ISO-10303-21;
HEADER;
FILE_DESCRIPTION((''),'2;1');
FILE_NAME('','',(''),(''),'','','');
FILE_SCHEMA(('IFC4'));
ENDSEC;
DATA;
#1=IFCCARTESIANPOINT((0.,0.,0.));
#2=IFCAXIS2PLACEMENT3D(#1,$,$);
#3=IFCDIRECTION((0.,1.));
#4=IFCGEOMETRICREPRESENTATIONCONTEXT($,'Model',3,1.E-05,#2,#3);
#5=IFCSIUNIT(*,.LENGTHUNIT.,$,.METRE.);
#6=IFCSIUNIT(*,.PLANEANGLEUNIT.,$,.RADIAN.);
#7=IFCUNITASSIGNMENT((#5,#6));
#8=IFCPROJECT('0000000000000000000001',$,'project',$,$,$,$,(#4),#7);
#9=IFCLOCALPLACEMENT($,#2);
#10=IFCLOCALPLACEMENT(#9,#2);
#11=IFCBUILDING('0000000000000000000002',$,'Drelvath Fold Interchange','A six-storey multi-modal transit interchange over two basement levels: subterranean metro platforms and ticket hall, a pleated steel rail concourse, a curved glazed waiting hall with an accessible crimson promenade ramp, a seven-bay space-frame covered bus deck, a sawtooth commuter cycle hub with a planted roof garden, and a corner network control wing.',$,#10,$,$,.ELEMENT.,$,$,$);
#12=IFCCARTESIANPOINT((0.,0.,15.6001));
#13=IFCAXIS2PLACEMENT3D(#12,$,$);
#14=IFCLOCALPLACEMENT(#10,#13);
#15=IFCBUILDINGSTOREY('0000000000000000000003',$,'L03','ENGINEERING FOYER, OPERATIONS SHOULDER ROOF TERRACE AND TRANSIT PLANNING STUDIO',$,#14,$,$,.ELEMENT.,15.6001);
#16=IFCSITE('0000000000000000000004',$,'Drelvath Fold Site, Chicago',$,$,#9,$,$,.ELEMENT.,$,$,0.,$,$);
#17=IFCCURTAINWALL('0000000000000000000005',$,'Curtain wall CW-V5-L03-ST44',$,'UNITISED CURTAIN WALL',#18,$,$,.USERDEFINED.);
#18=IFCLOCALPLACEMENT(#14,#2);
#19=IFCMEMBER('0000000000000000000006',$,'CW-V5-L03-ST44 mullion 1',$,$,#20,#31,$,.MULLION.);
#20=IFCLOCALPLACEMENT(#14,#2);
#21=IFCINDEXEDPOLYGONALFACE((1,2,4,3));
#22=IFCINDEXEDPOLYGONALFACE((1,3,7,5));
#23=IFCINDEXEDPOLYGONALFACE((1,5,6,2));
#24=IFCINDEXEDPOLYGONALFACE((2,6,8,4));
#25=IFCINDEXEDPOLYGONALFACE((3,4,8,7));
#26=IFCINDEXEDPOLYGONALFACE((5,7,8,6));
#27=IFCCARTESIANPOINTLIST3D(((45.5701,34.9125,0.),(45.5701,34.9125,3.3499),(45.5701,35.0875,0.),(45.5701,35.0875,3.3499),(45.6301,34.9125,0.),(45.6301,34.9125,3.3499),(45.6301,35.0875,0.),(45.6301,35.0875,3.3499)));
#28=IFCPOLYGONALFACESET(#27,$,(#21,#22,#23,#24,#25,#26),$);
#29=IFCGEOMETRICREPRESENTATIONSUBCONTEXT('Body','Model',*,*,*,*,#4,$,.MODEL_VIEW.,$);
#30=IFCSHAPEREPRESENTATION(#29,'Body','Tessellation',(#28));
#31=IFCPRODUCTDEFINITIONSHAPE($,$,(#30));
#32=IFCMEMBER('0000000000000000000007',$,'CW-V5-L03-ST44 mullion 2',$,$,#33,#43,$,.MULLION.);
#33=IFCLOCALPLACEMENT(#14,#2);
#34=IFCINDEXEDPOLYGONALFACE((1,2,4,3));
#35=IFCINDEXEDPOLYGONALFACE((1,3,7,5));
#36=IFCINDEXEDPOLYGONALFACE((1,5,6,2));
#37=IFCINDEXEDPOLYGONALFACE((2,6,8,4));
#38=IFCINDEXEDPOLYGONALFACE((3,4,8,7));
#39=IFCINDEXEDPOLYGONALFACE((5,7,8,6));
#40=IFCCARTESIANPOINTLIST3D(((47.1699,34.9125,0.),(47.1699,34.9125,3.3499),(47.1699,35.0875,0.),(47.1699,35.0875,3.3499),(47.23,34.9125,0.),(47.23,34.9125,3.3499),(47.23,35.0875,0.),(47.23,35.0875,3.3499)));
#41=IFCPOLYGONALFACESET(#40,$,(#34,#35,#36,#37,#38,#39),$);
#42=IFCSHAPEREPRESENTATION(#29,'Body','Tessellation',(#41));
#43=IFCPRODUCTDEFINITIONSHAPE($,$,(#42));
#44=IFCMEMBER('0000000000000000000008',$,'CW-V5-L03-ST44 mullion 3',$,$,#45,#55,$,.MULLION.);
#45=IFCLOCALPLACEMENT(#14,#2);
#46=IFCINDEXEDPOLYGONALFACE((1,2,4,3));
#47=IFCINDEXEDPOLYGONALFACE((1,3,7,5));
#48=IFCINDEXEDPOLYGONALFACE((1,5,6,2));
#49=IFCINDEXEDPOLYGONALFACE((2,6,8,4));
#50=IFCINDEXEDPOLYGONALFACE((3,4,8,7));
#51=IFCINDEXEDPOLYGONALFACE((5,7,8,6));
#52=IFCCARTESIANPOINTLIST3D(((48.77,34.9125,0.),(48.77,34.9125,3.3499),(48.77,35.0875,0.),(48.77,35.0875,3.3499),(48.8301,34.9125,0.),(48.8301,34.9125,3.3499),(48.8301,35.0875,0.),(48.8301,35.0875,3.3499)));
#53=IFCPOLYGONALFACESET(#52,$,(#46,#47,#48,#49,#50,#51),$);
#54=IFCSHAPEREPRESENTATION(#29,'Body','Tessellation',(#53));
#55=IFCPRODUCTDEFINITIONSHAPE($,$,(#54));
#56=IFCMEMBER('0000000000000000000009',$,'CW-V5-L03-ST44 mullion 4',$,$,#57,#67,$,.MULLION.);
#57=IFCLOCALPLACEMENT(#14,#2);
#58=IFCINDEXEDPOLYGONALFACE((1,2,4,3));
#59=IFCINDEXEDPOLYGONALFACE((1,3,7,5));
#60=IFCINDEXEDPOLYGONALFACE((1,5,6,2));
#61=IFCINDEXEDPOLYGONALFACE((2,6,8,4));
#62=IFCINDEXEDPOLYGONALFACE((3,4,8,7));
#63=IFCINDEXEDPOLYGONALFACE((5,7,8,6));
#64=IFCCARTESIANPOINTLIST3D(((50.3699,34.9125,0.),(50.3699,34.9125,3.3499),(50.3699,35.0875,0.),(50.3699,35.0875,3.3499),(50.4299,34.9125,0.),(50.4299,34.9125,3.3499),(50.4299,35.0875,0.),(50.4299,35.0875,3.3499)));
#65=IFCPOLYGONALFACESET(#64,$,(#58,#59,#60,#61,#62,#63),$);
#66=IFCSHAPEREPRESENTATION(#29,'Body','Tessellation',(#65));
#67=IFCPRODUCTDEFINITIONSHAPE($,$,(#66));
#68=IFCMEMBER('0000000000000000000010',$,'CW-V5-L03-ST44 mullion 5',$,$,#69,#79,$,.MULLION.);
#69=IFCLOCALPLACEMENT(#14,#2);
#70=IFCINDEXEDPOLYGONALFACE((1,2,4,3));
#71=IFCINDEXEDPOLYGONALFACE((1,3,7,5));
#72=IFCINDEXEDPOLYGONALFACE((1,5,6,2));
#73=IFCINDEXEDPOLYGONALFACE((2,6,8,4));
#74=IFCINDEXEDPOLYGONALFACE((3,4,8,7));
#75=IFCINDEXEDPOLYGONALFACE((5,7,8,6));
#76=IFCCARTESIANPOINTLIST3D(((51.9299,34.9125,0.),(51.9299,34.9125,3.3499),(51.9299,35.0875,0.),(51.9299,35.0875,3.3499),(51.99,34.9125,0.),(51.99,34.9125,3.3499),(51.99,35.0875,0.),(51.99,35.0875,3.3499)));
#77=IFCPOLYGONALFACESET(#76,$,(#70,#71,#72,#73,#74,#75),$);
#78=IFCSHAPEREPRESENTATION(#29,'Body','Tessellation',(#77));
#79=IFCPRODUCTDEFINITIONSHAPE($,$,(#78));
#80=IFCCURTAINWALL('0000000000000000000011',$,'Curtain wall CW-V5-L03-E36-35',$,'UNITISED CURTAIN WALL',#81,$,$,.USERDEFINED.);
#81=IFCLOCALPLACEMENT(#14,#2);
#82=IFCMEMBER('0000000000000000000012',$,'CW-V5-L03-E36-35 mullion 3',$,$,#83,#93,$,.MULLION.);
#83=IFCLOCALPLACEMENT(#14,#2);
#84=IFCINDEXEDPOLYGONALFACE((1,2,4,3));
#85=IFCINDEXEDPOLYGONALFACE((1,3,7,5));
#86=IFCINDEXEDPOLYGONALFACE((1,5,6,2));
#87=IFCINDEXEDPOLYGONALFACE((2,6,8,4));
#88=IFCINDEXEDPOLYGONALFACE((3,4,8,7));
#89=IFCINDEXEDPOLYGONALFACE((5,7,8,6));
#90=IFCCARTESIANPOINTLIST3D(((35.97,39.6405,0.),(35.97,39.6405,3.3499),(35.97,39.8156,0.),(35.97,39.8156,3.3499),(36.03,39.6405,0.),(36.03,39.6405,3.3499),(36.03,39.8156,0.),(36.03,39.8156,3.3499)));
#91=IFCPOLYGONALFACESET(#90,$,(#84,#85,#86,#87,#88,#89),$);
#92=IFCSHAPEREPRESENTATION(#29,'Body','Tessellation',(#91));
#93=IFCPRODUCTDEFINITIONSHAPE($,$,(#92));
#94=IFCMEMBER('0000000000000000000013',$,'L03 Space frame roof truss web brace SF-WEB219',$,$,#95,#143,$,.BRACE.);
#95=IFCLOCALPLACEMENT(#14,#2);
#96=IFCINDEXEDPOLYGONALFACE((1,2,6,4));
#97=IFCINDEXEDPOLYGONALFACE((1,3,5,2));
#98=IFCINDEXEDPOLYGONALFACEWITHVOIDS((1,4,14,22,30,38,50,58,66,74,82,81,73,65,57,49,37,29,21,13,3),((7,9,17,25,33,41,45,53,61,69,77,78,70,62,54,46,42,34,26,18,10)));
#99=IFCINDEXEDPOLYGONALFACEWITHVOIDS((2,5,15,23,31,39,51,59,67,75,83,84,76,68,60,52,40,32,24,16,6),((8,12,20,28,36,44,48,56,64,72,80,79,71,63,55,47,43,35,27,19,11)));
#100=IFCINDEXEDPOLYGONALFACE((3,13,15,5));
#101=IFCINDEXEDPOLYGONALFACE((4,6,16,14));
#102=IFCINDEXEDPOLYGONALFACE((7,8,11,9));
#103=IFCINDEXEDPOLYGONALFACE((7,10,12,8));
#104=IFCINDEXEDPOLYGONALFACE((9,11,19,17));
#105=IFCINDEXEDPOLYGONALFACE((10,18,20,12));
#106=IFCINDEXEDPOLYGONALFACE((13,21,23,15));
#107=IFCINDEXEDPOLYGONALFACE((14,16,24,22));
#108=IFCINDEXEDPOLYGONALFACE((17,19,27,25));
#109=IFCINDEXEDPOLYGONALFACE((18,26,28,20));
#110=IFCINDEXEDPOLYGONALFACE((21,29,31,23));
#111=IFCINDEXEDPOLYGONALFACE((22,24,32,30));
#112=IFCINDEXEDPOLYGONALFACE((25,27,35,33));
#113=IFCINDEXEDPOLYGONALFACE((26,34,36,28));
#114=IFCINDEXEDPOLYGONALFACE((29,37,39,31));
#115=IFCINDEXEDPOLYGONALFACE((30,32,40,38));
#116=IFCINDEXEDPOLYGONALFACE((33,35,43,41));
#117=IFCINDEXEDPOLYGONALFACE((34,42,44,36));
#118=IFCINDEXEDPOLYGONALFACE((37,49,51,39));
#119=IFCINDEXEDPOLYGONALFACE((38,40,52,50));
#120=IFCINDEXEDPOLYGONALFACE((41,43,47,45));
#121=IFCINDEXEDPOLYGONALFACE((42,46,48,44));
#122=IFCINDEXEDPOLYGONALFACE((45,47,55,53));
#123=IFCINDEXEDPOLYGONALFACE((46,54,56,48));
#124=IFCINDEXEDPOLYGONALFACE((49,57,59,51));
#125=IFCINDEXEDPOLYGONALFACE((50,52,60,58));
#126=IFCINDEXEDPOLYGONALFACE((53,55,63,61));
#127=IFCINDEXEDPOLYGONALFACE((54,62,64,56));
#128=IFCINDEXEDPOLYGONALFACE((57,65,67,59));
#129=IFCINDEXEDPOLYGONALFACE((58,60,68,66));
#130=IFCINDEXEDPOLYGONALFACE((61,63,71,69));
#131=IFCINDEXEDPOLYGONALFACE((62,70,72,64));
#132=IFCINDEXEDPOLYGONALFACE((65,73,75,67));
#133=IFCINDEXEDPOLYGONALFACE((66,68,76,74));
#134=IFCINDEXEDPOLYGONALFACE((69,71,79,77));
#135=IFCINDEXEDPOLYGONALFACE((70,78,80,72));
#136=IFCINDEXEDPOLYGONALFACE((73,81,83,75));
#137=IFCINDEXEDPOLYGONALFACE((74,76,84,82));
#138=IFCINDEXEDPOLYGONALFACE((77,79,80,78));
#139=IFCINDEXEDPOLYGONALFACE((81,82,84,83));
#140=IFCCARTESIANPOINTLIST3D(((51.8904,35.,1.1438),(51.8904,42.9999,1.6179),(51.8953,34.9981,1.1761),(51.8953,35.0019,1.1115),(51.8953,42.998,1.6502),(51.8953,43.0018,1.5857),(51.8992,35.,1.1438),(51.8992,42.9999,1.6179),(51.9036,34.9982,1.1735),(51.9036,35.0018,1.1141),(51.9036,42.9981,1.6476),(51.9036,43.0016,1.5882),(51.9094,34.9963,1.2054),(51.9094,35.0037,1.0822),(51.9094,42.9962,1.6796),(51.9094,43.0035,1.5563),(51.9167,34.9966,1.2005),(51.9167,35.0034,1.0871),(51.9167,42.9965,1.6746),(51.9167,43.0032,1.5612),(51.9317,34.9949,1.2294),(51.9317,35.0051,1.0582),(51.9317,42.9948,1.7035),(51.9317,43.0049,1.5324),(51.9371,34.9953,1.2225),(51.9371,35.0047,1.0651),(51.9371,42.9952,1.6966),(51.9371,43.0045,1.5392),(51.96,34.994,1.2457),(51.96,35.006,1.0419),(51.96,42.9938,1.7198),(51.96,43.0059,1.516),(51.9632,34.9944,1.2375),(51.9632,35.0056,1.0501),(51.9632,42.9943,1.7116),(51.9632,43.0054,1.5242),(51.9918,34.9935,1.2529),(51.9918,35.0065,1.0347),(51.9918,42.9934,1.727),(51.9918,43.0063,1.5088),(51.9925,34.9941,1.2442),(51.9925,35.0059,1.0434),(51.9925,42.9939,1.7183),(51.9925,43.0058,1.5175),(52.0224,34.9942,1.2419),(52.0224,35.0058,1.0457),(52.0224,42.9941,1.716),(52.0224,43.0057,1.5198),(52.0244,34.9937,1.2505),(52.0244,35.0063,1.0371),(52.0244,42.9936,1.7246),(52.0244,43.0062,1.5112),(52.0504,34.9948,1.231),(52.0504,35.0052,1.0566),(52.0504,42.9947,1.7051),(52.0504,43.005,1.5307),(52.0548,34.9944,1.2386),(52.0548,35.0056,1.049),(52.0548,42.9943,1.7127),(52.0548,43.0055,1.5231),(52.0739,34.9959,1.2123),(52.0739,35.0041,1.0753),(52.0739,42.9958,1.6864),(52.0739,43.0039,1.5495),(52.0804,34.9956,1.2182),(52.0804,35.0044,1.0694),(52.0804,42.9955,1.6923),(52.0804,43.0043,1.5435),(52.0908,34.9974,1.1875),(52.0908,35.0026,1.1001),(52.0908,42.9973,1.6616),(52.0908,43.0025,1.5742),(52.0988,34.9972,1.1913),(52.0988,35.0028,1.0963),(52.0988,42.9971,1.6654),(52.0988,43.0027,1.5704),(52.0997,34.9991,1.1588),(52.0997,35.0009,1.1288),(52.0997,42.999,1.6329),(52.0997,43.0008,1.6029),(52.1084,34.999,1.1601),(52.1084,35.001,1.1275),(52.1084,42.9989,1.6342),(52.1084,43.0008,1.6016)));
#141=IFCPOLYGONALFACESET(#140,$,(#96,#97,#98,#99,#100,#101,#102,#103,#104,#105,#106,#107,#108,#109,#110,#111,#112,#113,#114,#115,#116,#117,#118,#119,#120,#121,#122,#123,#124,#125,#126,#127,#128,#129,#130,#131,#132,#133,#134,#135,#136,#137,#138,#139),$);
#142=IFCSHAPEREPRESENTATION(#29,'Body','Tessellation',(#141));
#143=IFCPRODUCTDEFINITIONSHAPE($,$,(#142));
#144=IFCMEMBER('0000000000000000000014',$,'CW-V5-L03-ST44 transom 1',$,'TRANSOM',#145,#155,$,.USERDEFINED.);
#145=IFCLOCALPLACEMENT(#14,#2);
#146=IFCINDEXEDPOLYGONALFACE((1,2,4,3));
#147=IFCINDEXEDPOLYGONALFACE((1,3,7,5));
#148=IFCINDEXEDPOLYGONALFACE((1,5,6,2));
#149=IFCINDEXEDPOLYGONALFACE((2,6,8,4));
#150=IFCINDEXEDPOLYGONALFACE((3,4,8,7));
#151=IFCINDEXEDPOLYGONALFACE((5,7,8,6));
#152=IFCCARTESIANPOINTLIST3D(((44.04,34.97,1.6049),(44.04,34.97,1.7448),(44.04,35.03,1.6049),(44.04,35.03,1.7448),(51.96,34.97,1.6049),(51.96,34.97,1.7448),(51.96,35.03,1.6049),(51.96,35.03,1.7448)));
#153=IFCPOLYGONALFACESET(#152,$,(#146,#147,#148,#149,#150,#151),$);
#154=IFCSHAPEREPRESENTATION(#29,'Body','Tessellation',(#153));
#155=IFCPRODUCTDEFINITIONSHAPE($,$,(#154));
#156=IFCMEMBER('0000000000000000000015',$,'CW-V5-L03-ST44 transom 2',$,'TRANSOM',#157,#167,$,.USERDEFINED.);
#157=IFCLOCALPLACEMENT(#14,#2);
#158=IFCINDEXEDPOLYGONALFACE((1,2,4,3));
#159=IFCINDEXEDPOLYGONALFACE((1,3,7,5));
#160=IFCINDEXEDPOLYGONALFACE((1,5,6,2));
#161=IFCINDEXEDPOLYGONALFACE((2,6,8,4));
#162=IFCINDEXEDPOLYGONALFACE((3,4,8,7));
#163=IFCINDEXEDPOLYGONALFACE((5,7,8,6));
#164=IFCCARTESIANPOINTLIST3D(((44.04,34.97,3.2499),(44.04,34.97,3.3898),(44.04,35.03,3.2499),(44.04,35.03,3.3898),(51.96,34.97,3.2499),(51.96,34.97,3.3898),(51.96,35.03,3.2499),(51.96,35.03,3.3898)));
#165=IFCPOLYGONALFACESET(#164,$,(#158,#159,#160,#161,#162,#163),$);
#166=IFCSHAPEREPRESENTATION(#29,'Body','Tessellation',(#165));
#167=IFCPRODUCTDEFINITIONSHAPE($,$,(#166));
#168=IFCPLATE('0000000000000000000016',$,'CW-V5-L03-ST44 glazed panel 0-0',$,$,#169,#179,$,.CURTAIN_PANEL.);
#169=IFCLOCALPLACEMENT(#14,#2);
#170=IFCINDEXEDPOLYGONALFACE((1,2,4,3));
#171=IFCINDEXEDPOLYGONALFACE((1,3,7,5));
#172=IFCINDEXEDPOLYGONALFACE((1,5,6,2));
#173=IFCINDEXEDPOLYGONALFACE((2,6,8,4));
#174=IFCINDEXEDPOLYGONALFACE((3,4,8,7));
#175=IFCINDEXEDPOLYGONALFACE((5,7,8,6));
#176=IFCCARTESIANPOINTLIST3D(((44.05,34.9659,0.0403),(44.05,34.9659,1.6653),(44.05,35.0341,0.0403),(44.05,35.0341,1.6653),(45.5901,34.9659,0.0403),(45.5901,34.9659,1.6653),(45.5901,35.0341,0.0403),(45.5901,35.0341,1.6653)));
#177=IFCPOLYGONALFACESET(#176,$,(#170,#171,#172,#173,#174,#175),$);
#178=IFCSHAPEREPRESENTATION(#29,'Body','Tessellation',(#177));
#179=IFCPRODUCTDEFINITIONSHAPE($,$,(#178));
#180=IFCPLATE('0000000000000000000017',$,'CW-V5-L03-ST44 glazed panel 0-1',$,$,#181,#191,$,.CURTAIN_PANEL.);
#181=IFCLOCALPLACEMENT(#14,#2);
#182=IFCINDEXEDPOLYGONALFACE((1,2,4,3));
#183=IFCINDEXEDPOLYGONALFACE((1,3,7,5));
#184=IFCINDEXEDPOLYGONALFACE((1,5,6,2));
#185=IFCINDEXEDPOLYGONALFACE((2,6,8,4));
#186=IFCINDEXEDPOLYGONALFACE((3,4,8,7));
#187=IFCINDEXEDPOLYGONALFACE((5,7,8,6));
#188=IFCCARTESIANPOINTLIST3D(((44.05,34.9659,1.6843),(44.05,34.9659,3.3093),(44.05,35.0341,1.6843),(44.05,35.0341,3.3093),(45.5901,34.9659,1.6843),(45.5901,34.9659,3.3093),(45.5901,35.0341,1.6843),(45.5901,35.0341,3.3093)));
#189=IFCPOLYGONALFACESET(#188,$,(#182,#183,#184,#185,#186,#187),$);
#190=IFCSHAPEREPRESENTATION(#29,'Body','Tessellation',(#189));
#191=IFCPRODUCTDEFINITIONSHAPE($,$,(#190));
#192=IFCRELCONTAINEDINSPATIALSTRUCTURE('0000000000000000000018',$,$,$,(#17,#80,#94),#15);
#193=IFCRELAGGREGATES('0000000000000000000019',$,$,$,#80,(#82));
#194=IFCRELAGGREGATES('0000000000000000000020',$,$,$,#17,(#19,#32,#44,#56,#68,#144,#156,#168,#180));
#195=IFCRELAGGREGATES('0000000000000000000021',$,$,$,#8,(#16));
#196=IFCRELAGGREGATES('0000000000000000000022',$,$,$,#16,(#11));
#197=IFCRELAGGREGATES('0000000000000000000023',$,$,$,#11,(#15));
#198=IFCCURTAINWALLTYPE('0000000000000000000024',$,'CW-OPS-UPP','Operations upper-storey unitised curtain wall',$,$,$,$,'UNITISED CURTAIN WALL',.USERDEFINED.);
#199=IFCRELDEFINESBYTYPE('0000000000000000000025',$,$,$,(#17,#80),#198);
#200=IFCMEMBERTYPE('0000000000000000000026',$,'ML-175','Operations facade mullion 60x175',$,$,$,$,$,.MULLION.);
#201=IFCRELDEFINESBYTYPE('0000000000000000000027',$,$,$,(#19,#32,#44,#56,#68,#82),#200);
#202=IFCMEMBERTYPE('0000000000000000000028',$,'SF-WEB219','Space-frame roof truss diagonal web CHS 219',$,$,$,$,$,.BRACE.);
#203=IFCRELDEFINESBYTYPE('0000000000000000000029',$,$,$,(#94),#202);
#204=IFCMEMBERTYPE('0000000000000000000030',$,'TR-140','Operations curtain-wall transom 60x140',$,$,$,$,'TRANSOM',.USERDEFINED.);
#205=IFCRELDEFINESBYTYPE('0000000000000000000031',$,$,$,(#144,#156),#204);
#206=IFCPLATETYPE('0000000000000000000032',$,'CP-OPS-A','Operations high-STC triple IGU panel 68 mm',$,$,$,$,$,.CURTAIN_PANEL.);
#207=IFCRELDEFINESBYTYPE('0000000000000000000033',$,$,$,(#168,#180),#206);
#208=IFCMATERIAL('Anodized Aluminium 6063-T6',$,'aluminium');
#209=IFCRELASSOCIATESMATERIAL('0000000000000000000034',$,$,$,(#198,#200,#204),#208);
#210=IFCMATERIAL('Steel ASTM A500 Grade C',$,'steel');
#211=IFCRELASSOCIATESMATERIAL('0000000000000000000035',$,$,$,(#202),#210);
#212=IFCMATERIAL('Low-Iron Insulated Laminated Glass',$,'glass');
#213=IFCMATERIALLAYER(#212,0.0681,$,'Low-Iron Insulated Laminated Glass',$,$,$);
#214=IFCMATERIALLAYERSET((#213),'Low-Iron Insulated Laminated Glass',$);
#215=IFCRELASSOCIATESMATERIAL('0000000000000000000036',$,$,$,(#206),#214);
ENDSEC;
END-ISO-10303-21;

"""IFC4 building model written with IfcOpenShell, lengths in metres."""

from ifc_helpers import new_model, si_unit, direction, frame, origin, origin_2d, place, context, subcontext, project, spatial, rectangle, hollow_circle, extrude, material, layer, layer_set, material_profile, profile_set, type_object, element, aggregate, save


model = new_model("IFC4")

# Units and contexts
model_context = context("Model", 3, precision=1e-05, world=origin(), true_north=direction((0.0, 1.0)))
body_context = subcontext(model_context, "Body", "Model", "MODEL_VIEW")
ifc_project = project(units=[si_unit("LENGTHUNIT", "METRE"), si_unit("PLANEANGLEUNIT", "RADIAN")], contexts=[model_context])

# Site, building, storey
site_placement = place(None, origin())
site = spatial("IfcSite", under=ifc_project, at=site_placement, Name="Drelvath Fold Site, Chicago", CompositionType="ELEMENT", RefElevation=0.0)
building_placement = place(site_placement, origin())
building = spatial("IfcBuilding", under=site, at=building_placement, Name="Drelvath Fold Interchange", Description="A six-storey multi-modal transit interchange over two basement levels: subterranean metro platforms and ticket hall, a pleated steel rail concourse, a curved glazed waiting hall with an accessible crimson promenade ramp, a seven-bay space-frame covered bus deck, a sawtooth commuter cycle hub with a planted roof garden, and a corner network control wing.", CompositionType="ELEMENT")
storey_placement = place(building_placement, frame((0.0, 0.0, 15.6001)))
storey = spatial("IfcBuildingStorey", under=building, at=storey_placement, Name="L03", Description="ENGINEERING FOYER, OPERATIONS SHOULDER ROOF TERRACE AND TRANSIT PLANNING STUDIO", CompositionType="ELEMENT", Elevation=15.6001)

# Curtain wall, members
ifc_material_1 = material(Name="Anodized Aluminium 6063-T6", Category="aluminium")
curtain_wall_type = type_object("IfcCurtainWallType", Name="CW-OPS-UPP", Description="Operations upper-storey unitised curtain wall", ElementType="UNITISED CURTAIN WALL", PredefinedType="USERDEFINED", material=ifc_material_1)
curtain_wall_1_placement = place(storey_placement, origin())
curtain_wall_1 = element("IfcCurtainWall", 1, at=curtain_wall_1_placement, inside=storey, type_object=curtain_wall_type, Name="Curtain wall CW-V5-L03-ST44", ObjectType="UNITISED CURTAIN WALL", PredefinedType="USERDEFINED")
ifc_material_profile_1 = material_profile(ifc_material_1, rectangle(XDim=0.0601, YDim=0.175, at=origin_2d()), Name="AL-M 60x175")
ifc_profile_set_1 = profile_set([ifc_material_profile_1], Name="Anodized Aluminium 6063-T6")
member_type_1 = type_object("IfcMemberType", Name="ML-175", Description="Operations facade mullion 60x175", PredefinedType="MULLION", material=ifc_profile_set_1)
member_1_placement = place(storey_placement, frame((45.6001, 35.0, 0.0), z_axis=(0.0, 0.0, 1.0), x_axis=(1.0, 0.0, 0.0)))
member_1 = element("IfcMember", 2, at=member_1_placement, type_object=member_type_1, Name="CW-V5-L03-ST44 mullion 1", PredefinedType="MULLION", context=body_context, shape_type="SweptSolid", body=[
    extrude(rectangle(XDim=0.0601, YDim=0.175, at=origin_2d()), origin(), (0.0, 0.0, 1.0), 3.3499),
])
member_2_placement = place(storey_placement, frame((47.2, 35.0, 0.0), z_axis=(0.0, 0.0, 1.0), x_axis=(1.0, 0.0, 0.0)))
member_2 = element("IfcMember", 3, at=member_2_placement, type_object=member_type_1, Name="CW-V5-L03-ST44 mullion 2", PredefinedType="MULLION", context=body_context, shape_type="SweptSolid", body=[
    extrude(rectangle(XDim=0.0601, YDim=0.175, at=origin_2d()), origin(), (0.0, 0.0, 1.0), 3.3499),
])
member_3_placement = place(storey_placement, frame((48.8, 35.0, 0.0), z_axis=(0.0, 0.0, 1.0), x_axis=(1.0, 0.0, 0.0)))
member_3 = element("IfcMember", 4, at=member_3_placement, type_object=member_type_1, Name="CW-V5-L03-ST44 mullion 3", PredefinedType="MULLION", context=body_context, shape_type="SweptSolid", body=[
    extrude(rectangle(XDim=0.0601, YDim=0.175, at=origin_2d()), origin(), (0.0, 0.0, 1.0), 3.3499),
])
member_4_placement = place(storey_placement, frame((50.3999, 35.0, 0.0), z_axis=(0.0, 0.0, 1.0), x_axis=(1.0, 0.0, 0.0)))
member_4 = element("IfcMember", 5, at=member_4_placement, type_object=member_type_1, Name="CW-V5-L03-ST44 mullion 4", PredefinedType="MULLION", context=body_context, shape_type="SweptSolid", body=[
    extrude(rectangle(XDim=0.0601, YDim=0.175, at=origin_2d()), origin(), (0.0, 0.0, 1.0), 3.3499),
])
member_5_placement = place(storey_placement, frame((51.96, 35.0, 0.0), z_axis=(0.0, 0.0, 1.0), x_axis=(1.0, 0.0, 0.0)))
member_5 = element("IfcMember", 6, at=member_5_placement, type_object=member_type_1, Name="CW-V5-L03-ST44 mullion 5", PredefinedType="MULLION", context=body_context, shape_type="SweptSolid", body=[
    extrude(rectangle(XDim=0.0601, YDim=0.175, at=origin_2d()), origin(), (0.0, 0.0, 1.0), 3.3499),
])

# Curtain wall, member
curtain_wall_2_placement = place(storey_placement, origin())
curtain_wall_2 = element("IfcCurtainWall", 7, at=curtain_wall_2_placement, inside=storey, type_object=curtain_wall_type, Name="Curtain wall CW-V5-L03-E36-35", ObjectType="UNITISED CURTAIN WALL", PredefinedType="USERDEFINED")
member_6_placement = place(storey_placement, frame((36.0, 39.728, 0.0), z_axis=(0.0, 0.0, 1.0), x_axis=(1.0, 0.0, 0.0)))
member_6 = element("IfcMember", 8, at=member_6_placement, type_object=member_type_1, Name="CW-V5-L03-E36-35 mullion 3", PredefinedType="MULLION", context=body_context, shape_type="SweptSolid", body=[
    extrude(rectangle(XDim=0.0601, YDim=0.175, at=origin_2d()), origin(), (0.0, 0.0, 1.0), 3.3499),
])
aggregate(curtain_wall_2, [member_6])

# Members
ifc_material_2 = material(Name="Steel ASTM A500 Grade C", Category="steel")
ifc_material_profile_2 = material_profile(ifc_material_2, hollow_circle(Radius=0.1096, WallThickness=0.0088, at=origin_2d()), Name="HSS8.625X0.375")
ifc_profile_set_2 = profile_set([ifc_material_profile_2], Name="Steel ASTM A500 Grade C")
member_type_2 = type_object("IfcMemberType", Name="SF-WEB219", Description="Space-frame roof truss diagonal web CHS 219", PredefinedType="BRACE", material=ifc_profile_set_2)
member_7_placement = place(storey_placement, frame((52.0, 35.0, 1.1438), z_axis=(0.0, 0.998248, 0.059161), x_axis=(-1.0, 0.0, 0.0)))
element("IfcMember", 9, at=member_7_placement, inside=storey, type_object=member_type_2, Name="L03 Space frame roof truss web brace SF-WEB219", PredefinedType="BRACE", context=body_context, shape_type="SweptSolid", body=[
    extrude(hollow_circle(Radius=0.1096, WallThickness=0.0088, at=origin_2d()), origin(), (0.0, 0.0, 1.0), 8.0139),
])
ifc_material_profile_3 = material_profile(ifc_material_1, rectangle(XDim=0.0601, YDim=0.1399, at=origin_2d()), Name="AL-T 60x140")
ifc_profile_set_3 = profile_set([ifc_material_profile_3], Name="Anodized Aluminium 6063-T6")
member_type_3 = type_object("IfcMemberType", Name="TR-140", Description="Operations curtain-wall transom 60x140", ElementType="TRANSOM", PredefinedType="USERDEFINED", material=ifc_profile_set_3)
member_8_placement = place(storey_placement, frame((44.04, 35.0, 1.6748), z_axis=(1.0, 0.0, 0.0), x_axis=(0.0, 1.0, 0.0)))
member_8 = element("IfcMember", 10, at=member_8_placement, type_object=member_type_3, Name="CW-V5-L03-ST44 transom 1", ObjectType="TRANSOM", PredefinedType="USERDEFINED", context=body_context, shape_type="SweptSolid", body=[
    extrude(rectangle(XDim=0.0601, YDim=0.1399, at=origin_2d()), origin(), (0.0, 0.0, 1.0), 7.9199),
])
member_9_placement = place(storey_placement, frame((44.04, 35.0, 3.3198), z_axis=(1.0, 0.0, 0.0), x_axis=(0.0, 1.0, 0.0)))
member_9 = element("IfcMember", 11, at=member_9_placement, type_object=member_type_3, Name="CW-V5-L03-ST44 transom 2", ObjectType="TRANSOM", PredefinedType="USERDEFINED", context=body_context, shape_type="SweptSolid", body=[
    extrude(rectangle(XDim=0.0601, YDim=0.1399, at=origin_2d()), origin(), (0.0, 0.0, 1.0), 7.9199),
])

# Plates
ifc_material_3 = material(Name="Low-Iron Insulated Laminated Glass", Category="glass")
ifc_layer = layer(ifc_material_3, 0.0681, Name="Low-Iron Insulated Laminated Glass")
ifc_layer_set = layer_set([ifc_layer], Name="Low-Iron Insulated Laminated Glass")
plate_type = type_object("IfcPlateType", Name="CP-OPS-A", Description="Operations high-STC triple IGU panel 68 mm", PredefinedType="CURTAIN_PANEL", material=ifc_layer_set)
plate_1_placement = place(storey_placement, frame((44.8201, 35.0, 0.0403), z_axis=(0.0, 0.0, 1.0), x_axis=(1.0, 0.0, 0.0)))
plate_1 = element("IfcPlate", 12, at=plate_1_placement, type_object=plate_type, Name="CW-V5-L03-ST44 glazed panel 0-0", PredefinedType="CURTAIN_PANEL", context=body_context, shape_type="SweptSolid", body=[
    extrude(rectangle(XDim=1.54, YDim=0.0681, at=origin_2d()), origin(), (0.0, 0.0, 1.0), 1.625),
])
plate_2_placement = place(storey_placement, frame((44.8201, 35.0, 1.6843), z_axis=(0.0, 0.0, 1.0), x_axis=(1.0, 0.0, 0.0)))
plate_2 = element("IfcPlate", 13, at=plate_2_placement, type_object=plate_type, Name="CW-V5-L03-ST44 glazed panel 0-1", PredefinedType="CURTAIN_PANEL", context=body_context, shape_type="SweptSolid", body=[
    extrude(rectangle(XDim=1.54, YDim=0.0681, at=origin_2d()), origin(), (0.0, 0.0, 1.0), 1.625),
])
aggregate(curtain_wall_1, [member_1, member_2, member_3, member_4, member_5, member_8, member_9, plate_1, plate_2])

save(model, "model.ifc")
